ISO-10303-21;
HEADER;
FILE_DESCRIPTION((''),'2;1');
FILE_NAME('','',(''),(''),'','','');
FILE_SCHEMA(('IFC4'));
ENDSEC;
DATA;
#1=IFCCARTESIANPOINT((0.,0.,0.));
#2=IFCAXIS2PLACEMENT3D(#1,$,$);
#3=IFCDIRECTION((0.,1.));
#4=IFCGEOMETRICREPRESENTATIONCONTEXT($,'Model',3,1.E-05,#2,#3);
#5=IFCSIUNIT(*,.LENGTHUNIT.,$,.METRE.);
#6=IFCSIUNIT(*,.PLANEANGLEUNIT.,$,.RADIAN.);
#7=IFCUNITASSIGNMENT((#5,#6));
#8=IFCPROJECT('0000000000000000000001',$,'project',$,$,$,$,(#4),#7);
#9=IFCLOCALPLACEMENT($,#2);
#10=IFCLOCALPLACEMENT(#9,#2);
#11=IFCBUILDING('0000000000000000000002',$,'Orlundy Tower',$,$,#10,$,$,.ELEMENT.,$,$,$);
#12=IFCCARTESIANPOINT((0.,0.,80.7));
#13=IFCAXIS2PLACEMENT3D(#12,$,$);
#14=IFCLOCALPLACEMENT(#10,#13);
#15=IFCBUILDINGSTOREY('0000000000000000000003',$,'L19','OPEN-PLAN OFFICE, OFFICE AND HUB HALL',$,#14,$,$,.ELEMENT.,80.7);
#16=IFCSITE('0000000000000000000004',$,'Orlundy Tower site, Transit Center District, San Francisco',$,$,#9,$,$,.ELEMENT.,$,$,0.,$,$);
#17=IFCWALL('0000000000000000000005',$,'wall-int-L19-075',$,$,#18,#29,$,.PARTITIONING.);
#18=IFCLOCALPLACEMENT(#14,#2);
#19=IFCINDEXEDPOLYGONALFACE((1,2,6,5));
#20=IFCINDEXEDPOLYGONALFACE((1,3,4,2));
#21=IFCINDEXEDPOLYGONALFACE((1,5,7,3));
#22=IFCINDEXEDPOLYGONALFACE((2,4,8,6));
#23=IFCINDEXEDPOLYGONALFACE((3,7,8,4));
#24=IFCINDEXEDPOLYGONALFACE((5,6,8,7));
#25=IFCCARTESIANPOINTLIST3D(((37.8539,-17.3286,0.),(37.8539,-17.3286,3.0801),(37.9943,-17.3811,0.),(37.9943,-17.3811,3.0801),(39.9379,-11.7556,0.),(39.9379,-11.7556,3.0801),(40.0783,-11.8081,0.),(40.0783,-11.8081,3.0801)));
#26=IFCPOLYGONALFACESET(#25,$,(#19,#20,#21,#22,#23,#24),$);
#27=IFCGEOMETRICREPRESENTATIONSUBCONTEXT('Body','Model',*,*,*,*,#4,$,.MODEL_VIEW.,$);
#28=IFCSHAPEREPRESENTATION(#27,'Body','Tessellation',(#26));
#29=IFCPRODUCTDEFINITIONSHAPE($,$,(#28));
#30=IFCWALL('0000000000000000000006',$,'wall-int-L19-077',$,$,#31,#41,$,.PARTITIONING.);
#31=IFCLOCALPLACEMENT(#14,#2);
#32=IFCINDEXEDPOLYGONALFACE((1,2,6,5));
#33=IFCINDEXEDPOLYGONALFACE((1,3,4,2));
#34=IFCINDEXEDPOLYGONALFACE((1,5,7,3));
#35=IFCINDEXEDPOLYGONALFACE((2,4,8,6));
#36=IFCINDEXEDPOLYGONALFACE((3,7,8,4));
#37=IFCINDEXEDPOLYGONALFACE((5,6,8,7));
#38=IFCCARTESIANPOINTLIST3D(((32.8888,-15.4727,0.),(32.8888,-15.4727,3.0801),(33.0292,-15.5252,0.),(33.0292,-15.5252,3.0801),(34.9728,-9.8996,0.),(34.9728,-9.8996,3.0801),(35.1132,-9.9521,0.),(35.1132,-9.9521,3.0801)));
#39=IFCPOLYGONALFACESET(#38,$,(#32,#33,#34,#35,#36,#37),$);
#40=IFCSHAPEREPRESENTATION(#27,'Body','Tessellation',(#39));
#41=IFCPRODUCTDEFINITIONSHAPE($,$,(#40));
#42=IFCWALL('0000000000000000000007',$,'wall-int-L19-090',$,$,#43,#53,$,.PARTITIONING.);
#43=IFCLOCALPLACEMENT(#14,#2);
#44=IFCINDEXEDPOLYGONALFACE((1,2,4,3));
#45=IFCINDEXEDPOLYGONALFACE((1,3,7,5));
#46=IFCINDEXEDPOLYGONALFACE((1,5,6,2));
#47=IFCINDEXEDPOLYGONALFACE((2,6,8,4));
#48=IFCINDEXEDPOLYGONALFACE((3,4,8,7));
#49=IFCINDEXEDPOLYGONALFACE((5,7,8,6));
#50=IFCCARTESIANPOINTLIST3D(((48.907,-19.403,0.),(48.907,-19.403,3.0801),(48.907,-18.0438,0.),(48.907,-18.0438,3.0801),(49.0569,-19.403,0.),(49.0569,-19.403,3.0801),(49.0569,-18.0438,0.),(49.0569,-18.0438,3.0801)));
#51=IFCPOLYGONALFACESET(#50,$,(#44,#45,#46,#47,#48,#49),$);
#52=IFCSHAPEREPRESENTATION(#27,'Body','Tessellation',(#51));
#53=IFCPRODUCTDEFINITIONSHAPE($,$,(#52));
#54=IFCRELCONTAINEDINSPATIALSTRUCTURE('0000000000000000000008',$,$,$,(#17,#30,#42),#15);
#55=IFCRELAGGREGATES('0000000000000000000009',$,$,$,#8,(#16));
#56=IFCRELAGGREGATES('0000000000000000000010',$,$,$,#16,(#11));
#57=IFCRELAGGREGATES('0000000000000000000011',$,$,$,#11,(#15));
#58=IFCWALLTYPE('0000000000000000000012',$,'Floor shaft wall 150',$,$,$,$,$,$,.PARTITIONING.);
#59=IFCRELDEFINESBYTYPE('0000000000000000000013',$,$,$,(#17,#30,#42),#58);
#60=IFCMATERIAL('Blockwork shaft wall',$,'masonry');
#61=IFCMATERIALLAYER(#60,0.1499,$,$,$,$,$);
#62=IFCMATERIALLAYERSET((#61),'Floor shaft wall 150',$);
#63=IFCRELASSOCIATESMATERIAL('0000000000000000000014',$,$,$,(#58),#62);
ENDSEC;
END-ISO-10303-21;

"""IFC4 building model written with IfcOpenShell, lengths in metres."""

from ifc_helpers import new_model, si_unit, direction, frame, frame_2d, origin, place, context, subcontext, project, spatial, rectangle, extrude, material, layer, layer_set, type_object, element, save


model = new_model("IFC4")

# Units and contexts
model_context = context("Model", 3, precision=1e-05, world=origin(), true_north=direction((0.0, 1.0)))
body_context = subcontext(model_context, "Body", "Model", "MODEL_VIEW")
ifc_project = project(units=[si_unit("LENGTHUNIT", "METRE"), si_unit("PLANEANGLEUNIT", "RADIAN")], contexts=[model_context])

# Site, building, storey
site_placement = place(None, origin())
site = spatial("IfcSite", under=ifc_project, at=site_placement, Name="Orlundy Tower site, Transit Center District, San Francisco", CompositionType="ELEMENT", RefElevation=0.0)
building_placement = place(site_placement, origin())
building = spatial("IfcBuilding", under=site, at=building_placement, Name="Orlundy Tower", CompositionType="ELEMENT")
storey_placement = place(building_placement, frame((0.0, 0.0, 80.7)))
storey = spatial("IfcBuildingStorey", under=building, at=storey_placement, Name="L19", Description="OPEN-PLAN OFFICE, OFFICE AND HUB HALL", CompositionType="ELEMENT", Elevation=80.7)

# Shared definitions
ifc_material_1 = material(Name="Blockwork shaft wall", Category="masonry")
ifc_layer_1 = layer(ifc_material_1, 0.1499)
ifc_layer_set_1 = layer_set([ifc_layer_1], Name="Floor shaft wall 150")
wall_type_1 = type_object("IfcWallType", Name="Floor shaft wall 150", PredefinedType="PARTITIONING", material=ifc_layer_set_1)

# Walls
for number, where, z_axis, x_axis, name in (
    (1, (37.9241, -17.355, 0.0), (0.0, 0.0, 1.0), (0.350255, 0.936654, 0.0), "wall-int-L19-075"),
    (2, (32.959, -15.499, 0.0), (0.0, 0.0, 1.0), (0.350255, 0.936654, 0.0), "wall-int-L19-077"),
):
    element("IfcWall", number, at=place(storey_placement, frame(where, z_axis=z_axis, x_axis=x_axis)), inside=storey, type_object=wall_type_1, Name=name, PredefinedType="PARTITIONING", context=body_context, shape_type="SweptSolid", body=[
        extrude(rectangle(XDim=5.95, YDim=0.1499, at=frame_2d((2.9751, 0.0))), origin(), (0.0, 0.0, 1.0), 3.0801),
    ])
wall_1_placement = place(storey_placement, frame((48.9819, -19.4031, 0.0), z_axis=(0.0, 0.0, 1.0), x_axis=(0.0, 1.0, 0.0)))
element("IfcWall", 3, at=wall_1_placement, inside=storey, type_object=wall_type_1, Name="wall-int-L19-090", PredefinedType="PARTITIONING", context=body_context, shape_type="SweptSolid", body=[
    extrude(rectangle(XDim=1.3591, YDim=0.1499, at=frame_2d((0.6797, 0.0))), origin(), (0.0, 0.0, 1.0), 3.0801),
])

save(model, "model.ifc")
